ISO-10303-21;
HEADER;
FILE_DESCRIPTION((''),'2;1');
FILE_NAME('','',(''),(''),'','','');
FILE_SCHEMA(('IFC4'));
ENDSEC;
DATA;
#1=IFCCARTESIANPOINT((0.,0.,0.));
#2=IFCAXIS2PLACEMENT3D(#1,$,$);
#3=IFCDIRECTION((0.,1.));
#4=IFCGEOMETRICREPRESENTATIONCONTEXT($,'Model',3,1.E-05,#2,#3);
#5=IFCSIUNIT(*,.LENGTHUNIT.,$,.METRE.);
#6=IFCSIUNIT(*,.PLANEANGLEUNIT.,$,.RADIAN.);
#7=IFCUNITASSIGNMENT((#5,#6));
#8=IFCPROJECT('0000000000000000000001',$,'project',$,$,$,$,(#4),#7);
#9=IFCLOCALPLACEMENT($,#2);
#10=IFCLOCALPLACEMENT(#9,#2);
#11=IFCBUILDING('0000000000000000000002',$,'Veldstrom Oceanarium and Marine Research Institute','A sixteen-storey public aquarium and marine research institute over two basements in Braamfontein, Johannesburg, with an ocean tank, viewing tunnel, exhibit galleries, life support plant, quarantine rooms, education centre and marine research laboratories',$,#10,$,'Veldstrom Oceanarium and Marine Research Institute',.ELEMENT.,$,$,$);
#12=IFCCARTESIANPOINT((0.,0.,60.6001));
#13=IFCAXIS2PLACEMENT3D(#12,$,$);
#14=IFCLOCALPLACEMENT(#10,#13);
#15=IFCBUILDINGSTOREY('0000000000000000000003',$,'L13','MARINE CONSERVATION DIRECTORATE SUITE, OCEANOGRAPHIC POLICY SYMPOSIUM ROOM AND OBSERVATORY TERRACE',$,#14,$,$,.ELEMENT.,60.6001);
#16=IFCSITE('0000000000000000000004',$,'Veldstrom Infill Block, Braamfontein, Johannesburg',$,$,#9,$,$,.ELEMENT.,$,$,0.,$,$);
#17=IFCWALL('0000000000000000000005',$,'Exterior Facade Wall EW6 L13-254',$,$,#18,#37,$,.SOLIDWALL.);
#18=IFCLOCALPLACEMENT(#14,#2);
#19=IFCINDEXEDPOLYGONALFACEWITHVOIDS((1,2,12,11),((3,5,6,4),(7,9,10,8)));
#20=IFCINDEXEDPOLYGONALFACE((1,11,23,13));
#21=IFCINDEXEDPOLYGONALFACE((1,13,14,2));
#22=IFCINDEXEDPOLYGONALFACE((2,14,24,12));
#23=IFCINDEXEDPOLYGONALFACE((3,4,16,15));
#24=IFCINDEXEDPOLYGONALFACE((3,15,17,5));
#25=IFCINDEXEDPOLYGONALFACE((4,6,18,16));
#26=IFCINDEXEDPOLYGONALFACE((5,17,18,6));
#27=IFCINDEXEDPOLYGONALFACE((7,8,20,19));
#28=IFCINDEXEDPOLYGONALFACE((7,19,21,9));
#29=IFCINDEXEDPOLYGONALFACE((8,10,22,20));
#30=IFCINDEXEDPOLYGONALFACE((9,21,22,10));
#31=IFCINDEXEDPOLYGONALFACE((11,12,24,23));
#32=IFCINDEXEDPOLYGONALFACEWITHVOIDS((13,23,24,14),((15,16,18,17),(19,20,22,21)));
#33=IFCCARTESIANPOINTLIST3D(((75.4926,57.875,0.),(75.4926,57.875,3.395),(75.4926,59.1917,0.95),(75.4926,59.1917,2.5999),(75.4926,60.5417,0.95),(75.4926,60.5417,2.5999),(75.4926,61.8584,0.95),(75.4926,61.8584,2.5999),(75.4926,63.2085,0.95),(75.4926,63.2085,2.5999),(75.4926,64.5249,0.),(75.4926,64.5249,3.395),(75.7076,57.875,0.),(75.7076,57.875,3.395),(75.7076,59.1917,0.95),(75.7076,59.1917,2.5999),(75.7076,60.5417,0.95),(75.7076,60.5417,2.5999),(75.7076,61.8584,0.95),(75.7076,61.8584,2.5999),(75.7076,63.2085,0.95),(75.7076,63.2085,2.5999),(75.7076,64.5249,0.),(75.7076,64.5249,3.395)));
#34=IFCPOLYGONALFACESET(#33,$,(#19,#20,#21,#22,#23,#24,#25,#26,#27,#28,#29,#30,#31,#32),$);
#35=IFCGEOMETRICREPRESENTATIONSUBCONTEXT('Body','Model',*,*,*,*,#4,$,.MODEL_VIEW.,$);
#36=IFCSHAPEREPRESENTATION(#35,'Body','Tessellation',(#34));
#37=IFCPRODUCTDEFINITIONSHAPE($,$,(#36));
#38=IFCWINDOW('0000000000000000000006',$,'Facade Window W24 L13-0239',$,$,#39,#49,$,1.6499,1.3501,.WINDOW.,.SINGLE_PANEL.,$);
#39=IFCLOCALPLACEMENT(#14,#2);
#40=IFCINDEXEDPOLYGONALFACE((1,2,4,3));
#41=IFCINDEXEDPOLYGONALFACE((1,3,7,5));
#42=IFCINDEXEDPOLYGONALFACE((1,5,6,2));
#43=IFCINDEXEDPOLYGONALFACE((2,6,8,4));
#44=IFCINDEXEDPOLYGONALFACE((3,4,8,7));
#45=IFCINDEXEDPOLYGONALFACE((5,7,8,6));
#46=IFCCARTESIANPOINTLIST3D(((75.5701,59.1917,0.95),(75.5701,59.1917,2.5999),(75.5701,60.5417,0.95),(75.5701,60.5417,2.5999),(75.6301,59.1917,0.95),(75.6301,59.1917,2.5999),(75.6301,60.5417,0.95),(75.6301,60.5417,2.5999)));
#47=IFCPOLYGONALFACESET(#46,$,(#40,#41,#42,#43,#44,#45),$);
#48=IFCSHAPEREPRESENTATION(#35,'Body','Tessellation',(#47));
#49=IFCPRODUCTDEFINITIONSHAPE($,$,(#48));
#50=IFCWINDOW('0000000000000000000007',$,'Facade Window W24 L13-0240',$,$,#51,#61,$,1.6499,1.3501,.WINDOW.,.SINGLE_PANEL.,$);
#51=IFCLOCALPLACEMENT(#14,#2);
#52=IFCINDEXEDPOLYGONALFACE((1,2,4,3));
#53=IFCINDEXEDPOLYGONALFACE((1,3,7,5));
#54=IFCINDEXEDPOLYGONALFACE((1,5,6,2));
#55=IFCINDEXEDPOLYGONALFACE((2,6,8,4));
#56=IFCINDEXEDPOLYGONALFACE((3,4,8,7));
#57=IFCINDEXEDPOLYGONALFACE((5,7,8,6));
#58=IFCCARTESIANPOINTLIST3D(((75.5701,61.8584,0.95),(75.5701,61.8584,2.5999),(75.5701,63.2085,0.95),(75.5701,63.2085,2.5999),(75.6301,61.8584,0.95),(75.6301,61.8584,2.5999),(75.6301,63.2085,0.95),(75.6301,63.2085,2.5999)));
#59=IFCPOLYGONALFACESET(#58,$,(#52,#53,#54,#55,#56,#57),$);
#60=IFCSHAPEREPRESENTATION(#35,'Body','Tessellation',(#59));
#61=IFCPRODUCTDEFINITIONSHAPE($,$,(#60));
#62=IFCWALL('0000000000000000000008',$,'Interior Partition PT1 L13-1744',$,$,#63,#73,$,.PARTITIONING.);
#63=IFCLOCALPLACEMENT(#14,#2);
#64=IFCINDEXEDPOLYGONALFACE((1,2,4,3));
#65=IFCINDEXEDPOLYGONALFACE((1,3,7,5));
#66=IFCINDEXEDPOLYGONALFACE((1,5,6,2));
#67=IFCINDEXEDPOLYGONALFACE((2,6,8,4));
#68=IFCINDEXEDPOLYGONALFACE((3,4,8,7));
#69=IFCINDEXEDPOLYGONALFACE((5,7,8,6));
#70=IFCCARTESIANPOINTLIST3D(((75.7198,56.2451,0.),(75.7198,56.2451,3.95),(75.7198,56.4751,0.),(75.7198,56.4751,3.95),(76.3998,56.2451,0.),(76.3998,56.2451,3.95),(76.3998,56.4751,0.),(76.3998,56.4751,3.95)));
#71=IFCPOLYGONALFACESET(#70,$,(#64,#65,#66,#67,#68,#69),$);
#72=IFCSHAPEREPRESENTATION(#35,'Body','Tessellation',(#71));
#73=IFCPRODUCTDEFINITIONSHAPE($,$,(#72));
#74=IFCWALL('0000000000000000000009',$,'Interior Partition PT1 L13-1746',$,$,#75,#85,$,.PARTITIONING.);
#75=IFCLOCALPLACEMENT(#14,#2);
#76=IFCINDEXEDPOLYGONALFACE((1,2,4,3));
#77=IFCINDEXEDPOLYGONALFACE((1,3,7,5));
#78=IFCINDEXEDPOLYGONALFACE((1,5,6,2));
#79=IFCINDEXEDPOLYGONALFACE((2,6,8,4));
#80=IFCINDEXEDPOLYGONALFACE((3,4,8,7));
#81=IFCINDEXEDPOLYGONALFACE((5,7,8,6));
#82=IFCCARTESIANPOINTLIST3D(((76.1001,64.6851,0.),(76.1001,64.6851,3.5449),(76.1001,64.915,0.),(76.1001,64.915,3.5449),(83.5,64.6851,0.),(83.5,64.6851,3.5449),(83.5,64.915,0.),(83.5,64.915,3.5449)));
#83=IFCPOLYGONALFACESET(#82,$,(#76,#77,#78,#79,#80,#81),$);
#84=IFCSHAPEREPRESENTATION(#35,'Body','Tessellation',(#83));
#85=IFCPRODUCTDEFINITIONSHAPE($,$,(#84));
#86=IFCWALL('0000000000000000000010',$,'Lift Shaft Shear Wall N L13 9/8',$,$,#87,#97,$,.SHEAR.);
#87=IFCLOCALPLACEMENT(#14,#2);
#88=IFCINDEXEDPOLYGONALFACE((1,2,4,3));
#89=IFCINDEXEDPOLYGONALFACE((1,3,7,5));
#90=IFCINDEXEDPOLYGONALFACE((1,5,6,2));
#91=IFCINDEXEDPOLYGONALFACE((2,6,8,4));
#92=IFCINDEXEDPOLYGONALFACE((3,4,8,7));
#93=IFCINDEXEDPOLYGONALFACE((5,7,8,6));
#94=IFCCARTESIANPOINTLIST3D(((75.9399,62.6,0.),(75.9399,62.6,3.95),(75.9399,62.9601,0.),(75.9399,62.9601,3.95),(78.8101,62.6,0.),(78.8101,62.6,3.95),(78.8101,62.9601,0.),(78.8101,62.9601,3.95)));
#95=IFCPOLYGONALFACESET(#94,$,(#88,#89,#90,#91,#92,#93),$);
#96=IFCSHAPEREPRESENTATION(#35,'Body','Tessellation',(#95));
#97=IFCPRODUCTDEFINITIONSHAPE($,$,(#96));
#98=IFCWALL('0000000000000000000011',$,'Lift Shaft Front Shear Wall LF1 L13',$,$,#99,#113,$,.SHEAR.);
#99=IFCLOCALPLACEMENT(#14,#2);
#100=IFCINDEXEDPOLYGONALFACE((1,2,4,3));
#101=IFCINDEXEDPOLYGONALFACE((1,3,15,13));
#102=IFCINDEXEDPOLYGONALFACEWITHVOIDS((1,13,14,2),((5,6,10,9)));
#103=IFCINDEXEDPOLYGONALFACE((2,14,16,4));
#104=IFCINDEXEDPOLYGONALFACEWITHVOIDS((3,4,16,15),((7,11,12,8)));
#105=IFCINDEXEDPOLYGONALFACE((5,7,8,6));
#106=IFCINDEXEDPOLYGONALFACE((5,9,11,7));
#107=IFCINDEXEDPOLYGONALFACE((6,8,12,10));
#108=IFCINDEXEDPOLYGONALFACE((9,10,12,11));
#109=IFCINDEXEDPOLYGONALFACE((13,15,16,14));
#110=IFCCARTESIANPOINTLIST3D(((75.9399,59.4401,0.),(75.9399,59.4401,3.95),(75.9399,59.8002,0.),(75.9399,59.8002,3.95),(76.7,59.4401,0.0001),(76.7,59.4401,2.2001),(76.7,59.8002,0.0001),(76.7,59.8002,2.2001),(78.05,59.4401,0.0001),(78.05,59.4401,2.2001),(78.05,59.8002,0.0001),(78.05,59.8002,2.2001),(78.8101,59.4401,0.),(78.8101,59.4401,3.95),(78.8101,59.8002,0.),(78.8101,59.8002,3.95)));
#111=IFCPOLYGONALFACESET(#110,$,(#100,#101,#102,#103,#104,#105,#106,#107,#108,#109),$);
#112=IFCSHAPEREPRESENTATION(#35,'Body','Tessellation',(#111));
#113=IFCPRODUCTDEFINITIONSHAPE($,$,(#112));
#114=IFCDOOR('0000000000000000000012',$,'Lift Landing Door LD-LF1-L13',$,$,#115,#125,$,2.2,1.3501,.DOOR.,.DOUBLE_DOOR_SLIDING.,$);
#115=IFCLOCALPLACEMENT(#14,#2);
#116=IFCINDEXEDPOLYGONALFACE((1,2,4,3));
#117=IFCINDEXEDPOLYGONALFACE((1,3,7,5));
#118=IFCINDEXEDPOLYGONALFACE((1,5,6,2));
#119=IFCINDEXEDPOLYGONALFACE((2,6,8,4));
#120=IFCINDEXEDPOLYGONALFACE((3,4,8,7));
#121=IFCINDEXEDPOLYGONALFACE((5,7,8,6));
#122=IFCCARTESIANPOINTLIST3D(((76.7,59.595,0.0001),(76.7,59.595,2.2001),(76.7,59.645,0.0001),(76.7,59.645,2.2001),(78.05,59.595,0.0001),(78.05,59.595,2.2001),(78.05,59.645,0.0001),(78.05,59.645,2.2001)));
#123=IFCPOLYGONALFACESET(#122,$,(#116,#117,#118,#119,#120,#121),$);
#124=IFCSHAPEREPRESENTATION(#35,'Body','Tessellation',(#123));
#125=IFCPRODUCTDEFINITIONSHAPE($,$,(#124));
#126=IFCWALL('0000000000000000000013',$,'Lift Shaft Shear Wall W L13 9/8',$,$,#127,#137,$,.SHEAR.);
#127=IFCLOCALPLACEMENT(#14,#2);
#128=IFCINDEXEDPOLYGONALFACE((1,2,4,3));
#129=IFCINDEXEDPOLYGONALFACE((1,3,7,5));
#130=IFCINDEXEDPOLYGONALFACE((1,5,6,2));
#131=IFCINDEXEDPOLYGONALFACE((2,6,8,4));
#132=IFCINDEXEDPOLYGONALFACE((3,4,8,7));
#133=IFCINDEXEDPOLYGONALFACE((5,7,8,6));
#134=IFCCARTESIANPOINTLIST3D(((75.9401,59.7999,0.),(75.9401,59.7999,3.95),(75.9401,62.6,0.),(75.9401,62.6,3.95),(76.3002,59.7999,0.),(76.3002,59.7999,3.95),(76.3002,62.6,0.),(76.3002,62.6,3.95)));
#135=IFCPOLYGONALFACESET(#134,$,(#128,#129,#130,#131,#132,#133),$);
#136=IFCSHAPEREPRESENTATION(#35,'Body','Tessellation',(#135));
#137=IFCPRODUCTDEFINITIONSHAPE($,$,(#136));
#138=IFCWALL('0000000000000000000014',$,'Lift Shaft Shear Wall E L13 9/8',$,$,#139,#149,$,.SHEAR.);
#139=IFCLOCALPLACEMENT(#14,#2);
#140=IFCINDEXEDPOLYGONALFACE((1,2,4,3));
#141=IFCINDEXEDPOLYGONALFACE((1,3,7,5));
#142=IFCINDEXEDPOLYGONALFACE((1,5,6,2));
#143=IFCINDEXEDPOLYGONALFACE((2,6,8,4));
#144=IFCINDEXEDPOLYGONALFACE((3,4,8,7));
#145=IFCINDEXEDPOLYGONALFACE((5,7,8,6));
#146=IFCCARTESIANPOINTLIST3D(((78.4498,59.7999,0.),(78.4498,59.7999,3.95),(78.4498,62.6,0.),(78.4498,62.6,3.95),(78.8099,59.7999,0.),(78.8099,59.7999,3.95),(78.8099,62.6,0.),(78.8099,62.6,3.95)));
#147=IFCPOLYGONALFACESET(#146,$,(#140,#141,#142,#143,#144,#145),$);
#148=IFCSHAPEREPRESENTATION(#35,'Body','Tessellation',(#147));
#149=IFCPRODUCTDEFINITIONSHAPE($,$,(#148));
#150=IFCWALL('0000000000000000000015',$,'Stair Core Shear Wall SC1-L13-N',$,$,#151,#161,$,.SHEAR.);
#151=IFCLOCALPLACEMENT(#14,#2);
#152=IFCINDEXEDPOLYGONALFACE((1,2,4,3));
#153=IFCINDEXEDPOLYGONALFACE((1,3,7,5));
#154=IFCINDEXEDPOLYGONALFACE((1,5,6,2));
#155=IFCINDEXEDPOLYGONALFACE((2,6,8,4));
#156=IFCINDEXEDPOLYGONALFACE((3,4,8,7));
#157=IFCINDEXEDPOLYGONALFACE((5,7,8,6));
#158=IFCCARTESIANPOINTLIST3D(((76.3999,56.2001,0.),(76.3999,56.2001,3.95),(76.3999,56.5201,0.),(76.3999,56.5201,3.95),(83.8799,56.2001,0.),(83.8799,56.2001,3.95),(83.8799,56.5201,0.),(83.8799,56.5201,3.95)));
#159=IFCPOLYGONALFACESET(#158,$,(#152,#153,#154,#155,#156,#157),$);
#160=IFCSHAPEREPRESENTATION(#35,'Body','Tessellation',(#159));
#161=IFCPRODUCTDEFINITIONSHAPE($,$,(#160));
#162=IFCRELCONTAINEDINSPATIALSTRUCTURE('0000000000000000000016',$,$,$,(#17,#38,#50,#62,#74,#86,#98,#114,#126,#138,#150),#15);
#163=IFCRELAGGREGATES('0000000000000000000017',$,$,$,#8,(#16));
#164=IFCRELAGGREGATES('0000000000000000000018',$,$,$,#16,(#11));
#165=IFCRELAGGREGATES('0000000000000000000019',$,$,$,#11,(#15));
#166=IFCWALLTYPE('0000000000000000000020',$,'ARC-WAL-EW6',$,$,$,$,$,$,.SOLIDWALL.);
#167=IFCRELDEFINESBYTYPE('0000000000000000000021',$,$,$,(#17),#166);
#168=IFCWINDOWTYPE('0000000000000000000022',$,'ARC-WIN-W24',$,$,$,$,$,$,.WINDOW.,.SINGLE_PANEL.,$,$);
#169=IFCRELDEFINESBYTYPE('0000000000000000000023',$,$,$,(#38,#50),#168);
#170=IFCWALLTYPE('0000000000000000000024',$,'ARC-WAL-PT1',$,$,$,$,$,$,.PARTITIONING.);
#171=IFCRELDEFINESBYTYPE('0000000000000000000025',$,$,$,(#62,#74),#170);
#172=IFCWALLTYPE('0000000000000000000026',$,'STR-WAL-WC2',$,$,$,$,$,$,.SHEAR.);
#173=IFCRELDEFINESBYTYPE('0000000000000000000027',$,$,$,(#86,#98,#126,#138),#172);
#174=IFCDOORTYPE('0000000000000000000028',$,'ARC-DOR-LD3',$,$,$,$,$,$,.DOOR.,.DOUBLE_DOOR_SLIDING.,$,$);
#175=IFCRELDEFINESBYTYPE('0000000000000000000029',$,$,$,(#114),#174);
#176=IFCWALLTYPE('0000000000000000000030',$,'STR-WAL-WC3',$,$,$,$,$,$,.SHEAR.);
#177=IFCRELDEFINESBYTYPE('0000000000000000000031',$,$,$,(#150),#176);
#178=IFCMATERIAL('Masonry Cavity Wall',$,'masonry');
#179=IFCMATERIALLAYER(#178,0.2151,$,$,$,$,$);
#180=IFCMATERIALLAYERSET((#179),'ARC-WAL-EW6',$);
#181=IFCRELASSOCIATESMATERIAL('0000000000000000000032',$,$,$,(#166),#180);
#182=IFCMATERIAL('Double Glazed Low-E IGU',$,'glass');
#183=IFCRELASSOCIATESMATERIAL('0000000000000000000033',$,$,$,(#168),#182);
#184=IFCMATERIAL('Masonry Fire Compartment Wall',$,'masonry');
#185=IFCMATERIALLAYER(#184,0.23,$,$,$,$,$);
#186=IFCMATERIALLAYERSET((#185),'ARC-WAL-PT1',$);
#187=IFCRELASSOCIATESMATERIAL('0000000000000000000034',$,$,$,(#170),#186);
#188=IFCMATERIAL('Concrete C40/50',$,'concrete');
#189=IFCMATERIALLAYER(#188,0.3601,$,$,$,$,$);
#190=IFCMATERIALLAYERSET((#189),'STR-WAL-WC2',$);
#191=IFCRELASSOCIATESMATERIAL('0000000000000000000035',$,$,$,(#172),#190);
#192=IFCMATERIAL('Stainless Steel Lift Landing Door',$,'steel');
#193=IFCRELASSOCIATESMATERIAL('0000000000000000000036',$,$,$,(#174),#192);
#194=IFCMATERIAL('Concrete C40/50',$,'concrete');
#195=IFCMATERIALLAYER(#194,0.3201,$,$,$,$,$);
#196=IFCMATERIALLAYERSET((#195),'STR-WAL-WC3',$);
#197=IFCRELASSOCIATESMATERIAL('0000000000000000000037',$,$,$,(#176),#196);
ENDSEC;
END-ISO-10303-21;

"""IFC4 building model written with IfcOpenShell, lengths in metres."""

from ifc_helpers import new_model, si_unit, direction, frame, frame_2d, origin, place, context, subcontext, project, spatial, rectangle, extrude, material, layer, layer_set, type_object, element, fill, save


model = new_model("IFC4")

# Units and contexts
model_context = context("Model", 3, precision=1e-05, world=origin(), true_north=direction((0.0, 1.0)))
body_context = subcontext(model_context, "Body", "Model", "MODEL_VIEW")
ifc_project = project(units=[si_unit("LENGTHUNIT", "METRE"), si_unit("PLANEANGLEUNIT", "RADIAN")], contexts=[model_context])

# Site, building, storey
site_placement = place(None, origin())
site = spatial("IfcSite", under=ifc_project, at=site_placement, Name="Veldstrom Infill Block, Braamfontein, Johannesburg", CompositionType="ELEMENT", RefElevation=0.0)
building_placement = place(site_placement, origin())
building = spatial("IfcBuilding", under=site, at=building_placement, Name="Veldstrom Oceanarium and Marine Research Institute", Description="A sixteen-storey public aquarium and marine research institute over two basements in Braamfontein, Johannesburg, with an ocean tank, viewing tunnel, exhibit galleries, life support plant, quarantine rooms, education centre and marine research laboratories", LongName="Veldstrom Oceanarium and Marine Research Institute", CompositionType="ELEMENT")
storey_placement = place(building_placement, frame((0.0, 0.0, 60.6001)))
storey = spatial("IfcBuildingStorey", under=building, at=storey_placement, Name="L13", Description="MARINE CONSERVATION DIRECTORATE SUITE, OCEANOGRAPHIC POLICY SYMPOSIUM ROOM AND OBSERVATORY TERRACE", CompositionType="ELEMENT", Elevation=60.6001)

# Wall, openings, windows
ifc_material_1 = material(Name="Masonry Cavity Wall", Category="masonry")
ifc_layer_1 = layer(ifc_material_1, 0.2151)
ifc_layer_set_1 = layer_set([ifc_layer_1], Name="ARC-WAL-EW6")
wall_type_1 = type_object("IfcWallType", Name="ARC-WAL-EW6", PredefinedType="SOLIDWALL", material=ifc_layer_set_1)
wall_1_placement = place(storey_placement, frame((75.6001, 57.875, 0.0), z_axis=(0.0, 0.0, 1.0), x_axis=(0.0, 1.0, 0.0)))
wall_1 = element("IfcWall", 1, at=wall_1_placement, inside=storey, type_object=wall_type_1, Name="Exterior Facade Wall EW6 L13-254", PredefinedType="SOLIDWALL", context=body_context, shape_type="SweptSolid", body=[
    extrude(rectangle(XDim=6.6499, YDim=0.2151, at=frame_2d((3.325, 0.0))), origin(), (0.0, 0.0, 1.0), 3.395),
])
opening_1_placement = place(wall_1_placement, frame((1.3167, 0.0, 0.95)))
opening_1 = element("IfcOpeningElement", 2, at=opening_1_placement, cuts=wall_1, PredefinedType="OPENING", context=body_context, shape_type="SweptSolid", body=[
    extrude(rectangle(XDim=1.3501, YDim=1.6499, at=frame_2d((0.675, 0.825))), frame((0.0, 0.1174, 0.0), z_axis=(0.0, -1.0, 0.0), x_axis=(1.0, 0.0, 0.0)), (0.0, 0.0, 1.0), 0.2351),
])
opening_2_placement = place(wall_1_placement, frame((3.9834, 0.0, 0.95)))
opening_2 = element("IfcOpeningElement", 3, at=opening_2_placement, cuts=wall_1, PredefinedType="OPENING", context=body_context, shape_type="SweptSolid", body=[
    extrude(rectangle(XDim=1.3501, YDim=1.6499, at=frame_2d((0.675, 0.825))), frame((0.0, 0.1174, 0.0), z_axis=(0.0, -1.0, 0.0), x_axis=(1.0, 0.0, 0.0)), (0.0, 0.0, 1.0), 0.2351),
])
ifc_material_2 = material(Name="Double Glazed Low-E IGU", Category="glass")
window_type_1 = type_object("IfcWindowType", Name="ARC-WIN-W24", PartitioningType="SINGLE_PANEL", PredefinedType="WINDOW", material=ifc_material_2)
window_1_placement = place(opening_1_placement, origin())
window_1 = element("IfcWindow", 4, at=window_1_placement, inside=storey, type_object=window_type_1, Name="Facade Window W24 L13-0239", OverallHeight=1.6499, OverallWidth=1.3501, PartitioningType="SINGLE_PANEL", PredefinedType="WINDOW", context=body_context, shape_type="SweptSolid", body=[
    extrude(rectangle(XDim=1.3501, YDim=1.6499, at=frame_2d((0.675, 0.825))), frame((0.0, 0.03, 0.0), z_axis=(0.0, -1.0, 0.0), x_axis=(1.0, 0.0, 0.0)), (0.0, 0.0, 1.0), 0.0601),
])
fill(opening_1, window_1)
window_2_placement = place(opening_2_placement, origin())
window_2 = element("IfcWindow", 5, at=window_2_placement, inside=storey, type_object=window_type_1, Name="Facade Window W24 L13-0240", OverallHeight=1.6499, OverallWidth=1.3501, PartitioningType="SINGLE_PANEL", PredefinedType="WINDOW", context=body_context, shape_type="SweptSolid", body=[
    extrude(rectangle(XDim=1.3501, YDim=1.6499, at=frame_2d((0.675, 0.825))), frame((0.0, 0.03, 0.0), z_axis=(0.0, -1.0, 0.0), x_axis=(1.0, 0.0, 0.0)), (0.0, 0.0, 1.0), 0.0601),
])
fill(opening_2, window_2)

# Walls
ifc_material_3 = material(Name="Masonry Fire Compartment Wall", Category="masonry")
ifc_layer_2 = layer(ifc_material_3, 0.23)
ifc_layer_set_2 = layer_set([ifc_layer_2], Name="ARC-WAL-PT1")
wall_type_2 = type_object("IfcWallType", Name="ARC-WAL-PT1", PredefinedType="PARTITIONING", material=ifc_layer_set_2)
wall_2_placement = place(storey_placement, frame((75.72, 56.3601, 0.0), z_axis=(0.0, 0.0, 1.0), x_axis=(1.0, 0.0, 0.0)))
element("IfcWall", 6, at=wall_2_placement, inside=storey, type_object=wall_type_2, Name="Interior Partition PT1 L13-1744", PredefinedType="PARTITIONING", context=body_context, shape_type="SweptSolid", body=[
    extrude(rectangle(XDim=0.6799, YDim=0.23, at=frame_2d((0.3398, 0.0))), origin(), (0.0, 0.0, 1.0), 3.95),
])
wall_3_placement = place(storey_placement, frame((76.1001, 64.8, 0.0), z_axis=(0.0, 0.0, 1.0), x_axis=(1.0, 0.0, 0.0)))
element("IfcWall", 7, at=wall_3_placement, inside=storey, type_object=wall_type_2, Name="Interior Partition PT1 L13-1746", PredefinedType="PARTITIONING", context=body_context, shape_type="SweptSolid", body=[
    extrude(rectangle(XDim=7.3999, YDim=0.23, at=frame_2d((3.7, 0.0))), origin(), (0.0, 0.0, 1.0), 3.5449),
])
ifc_material_4 = material(Name="Concrete C40/50", Category="concrete")
ifc_layer_3 = layer(ifc_material_4, 0.3601)
ifc_layer_set_3 = layer_set([ifc_layer_3], Name="STR-WAL-WC2")
wall_type_3 = type_object("IfcWallType", Name="STR-WAL-WC2", PredefinedType="SHEAR", material=ifc_layer_set_3)
wall_4_placement = place(storey_placement, frame((75.9399, 62.78, 0.0), z_axis=(0.0, 0.0, 1.0), x_axis=(1.0, 0.0, 0.0)))
element("IfcWall", 8, at=wall_4_placement, inside=storey, type_object=wall_type_3, Name="Lift Shaft Shear Wall N L13 9/8", PredefinedType="SHEAR", context=body_context, shape_type="SweptSolid", body=[
    extrude(rectangle(XDim=2.8701, YDim=0.3601, at=frame_2d((1.4351, 0.0))), origin(), (0.0, 0.0, 1.0), 3.95),
])

# Wall, opening, door
wall_5_placement = place(storey_placement, frame((75.9399, 59.6201, 0.0), z_axis=(0.0, 0.0, 1.0), x_axis=(1.0, 0.0, 0.0)))
wall_5 = element("IfcWall", 9, at=wall_5_placement, inside=storey, type_object=wall_type_3, Name="Lift Shaft Front Shear Wall LF1 L13", PredefinedType="SHEAR", context=body_context, shape_type="SweptSolid", body=[
    extrude(rectangle(XDim=2.8701, YDim=0.3601, at=frame_2d((1.4351, 0.0))), origin(), (0.0, 0.0, 1.0), 3.95),
])
opening_3_placement = place(wall_5_placement, frame((0.76, 0.0, 0.0)))
opening_3 = element("IfcOpeningElement", 10, at=opening_3_placement, cuts=wall_5, PredefinedType="OPENING", context=body_context, shape_type="SweptSolid", body=[
    extrude(rectangle(XDim=1.3501, YDim=2.2, at=frame_2d((0.675, 1.1001))), frame((0.0, 0.1899, 0.0), z_axis=(0.0, -1.0, 0.0), x_axis=(1.0, 0.0, 0.0)), (0.0, 0.0, 1.0), 0.3801),
])
ifc_material_5 = material(Name="Stainless Steel Lift Landing Door", Category="steel")
door_type = type_object("IfcDoorType", Name="ARC-DOR-LD3", OperationType="DOUBLE_DOOR_SLIDING", PredefinedType="DOOR", material=ifc_material_5)
door_placement = place(opening_3_placement, origin())
door = element("IfcDoor", 11, at=door_placement, inside=storey, type_object=door_type, Name="Lift Landing Door LD-LF1-L13", OperationType="DOUBLE_DOOR_SLIDING", OverallHeight=2.2, OverallWidth=1.3501, PredefinedType="DOOR", context=body_context, shape_type="SweptSolid", body=[
    extrude(rectangle(XDim=1.3501, YDim=2.2, at=frame_2d((0.675, 1.1001))), frame((0.0, 0.0249, 0.0), z_axis=(0.0, -1.0, 0.0), x_axis=(1.0, 0.0, 0.0)), (0.0, 0.0, 1.0), 0.05),
])
fill(opening_3, door)

# Walls
for number, where, z_axis, x_axis, name in (
    (12, (76.1201, 59.8, 0.0), (0.0, 0.0, 1.0), (0.0, 1.0, 0.0), "Lift Shaft Shear Wall W L13 9/8"),
    (13, (78.6299, 59.8, 0.0), (0.0, 0.0, 1.0), (0.0, 1.0, 0.0), "Lift Shaft Shear Wall E L13 9/8"),
):
    element("IfcWall", number, at=place(storey_placement, frame(where, z_axis=z_axis, x_axis=x_axis)), inside=storey, type_object=wall_type_3, Name=name, PredefinedType="SHEAR", context=body_context, shape_type="SweptSolid", body=[
        extrude(rectangle(XDim=2.8, YDim=0.3601, at=frame_2d((1.3999, 0.0))), origin(), (0.0, 0.0, 1.0), 3.95),
    ])
ifc_material_6 = material(Name="Concrete C40/50", Category="concrete")
ifc_layer_4 = layer(ifc_material_6, 0.3201)
ifc_layer_set_4 = layer_set([ifc_layer_4], Name="STR-WAL-WC3")
wall_type_4 = type_object("IfcWallType", Name="STR-WAL-WC3", PredefinedType="SHEAR", material=ifc_layer_set_4)
wall_6_placement = place(storey_placement, frame((76.3999, 56.3601, 0.0), z_axis=(0.0, 0.0, 1.0), x_axis=(1.0, 0.0, 0.0)))
element("IfcWall", 14, at=wall_6_placement, inside=storey, type_object=wall_type_4, Name="Stair Core Shear Wall SC1-L13-N", PredefinedType="SHEAR", context=body_context, shape_type="SweptSolid", body=[
    extrude(rectangle(XDim=7.48, YDim=0.3201, at=frame_2d((3.74, 0.0))), origin(), (0.0, 0.0, 1.0), 3.95),
])

save(model, "model.ifc")
